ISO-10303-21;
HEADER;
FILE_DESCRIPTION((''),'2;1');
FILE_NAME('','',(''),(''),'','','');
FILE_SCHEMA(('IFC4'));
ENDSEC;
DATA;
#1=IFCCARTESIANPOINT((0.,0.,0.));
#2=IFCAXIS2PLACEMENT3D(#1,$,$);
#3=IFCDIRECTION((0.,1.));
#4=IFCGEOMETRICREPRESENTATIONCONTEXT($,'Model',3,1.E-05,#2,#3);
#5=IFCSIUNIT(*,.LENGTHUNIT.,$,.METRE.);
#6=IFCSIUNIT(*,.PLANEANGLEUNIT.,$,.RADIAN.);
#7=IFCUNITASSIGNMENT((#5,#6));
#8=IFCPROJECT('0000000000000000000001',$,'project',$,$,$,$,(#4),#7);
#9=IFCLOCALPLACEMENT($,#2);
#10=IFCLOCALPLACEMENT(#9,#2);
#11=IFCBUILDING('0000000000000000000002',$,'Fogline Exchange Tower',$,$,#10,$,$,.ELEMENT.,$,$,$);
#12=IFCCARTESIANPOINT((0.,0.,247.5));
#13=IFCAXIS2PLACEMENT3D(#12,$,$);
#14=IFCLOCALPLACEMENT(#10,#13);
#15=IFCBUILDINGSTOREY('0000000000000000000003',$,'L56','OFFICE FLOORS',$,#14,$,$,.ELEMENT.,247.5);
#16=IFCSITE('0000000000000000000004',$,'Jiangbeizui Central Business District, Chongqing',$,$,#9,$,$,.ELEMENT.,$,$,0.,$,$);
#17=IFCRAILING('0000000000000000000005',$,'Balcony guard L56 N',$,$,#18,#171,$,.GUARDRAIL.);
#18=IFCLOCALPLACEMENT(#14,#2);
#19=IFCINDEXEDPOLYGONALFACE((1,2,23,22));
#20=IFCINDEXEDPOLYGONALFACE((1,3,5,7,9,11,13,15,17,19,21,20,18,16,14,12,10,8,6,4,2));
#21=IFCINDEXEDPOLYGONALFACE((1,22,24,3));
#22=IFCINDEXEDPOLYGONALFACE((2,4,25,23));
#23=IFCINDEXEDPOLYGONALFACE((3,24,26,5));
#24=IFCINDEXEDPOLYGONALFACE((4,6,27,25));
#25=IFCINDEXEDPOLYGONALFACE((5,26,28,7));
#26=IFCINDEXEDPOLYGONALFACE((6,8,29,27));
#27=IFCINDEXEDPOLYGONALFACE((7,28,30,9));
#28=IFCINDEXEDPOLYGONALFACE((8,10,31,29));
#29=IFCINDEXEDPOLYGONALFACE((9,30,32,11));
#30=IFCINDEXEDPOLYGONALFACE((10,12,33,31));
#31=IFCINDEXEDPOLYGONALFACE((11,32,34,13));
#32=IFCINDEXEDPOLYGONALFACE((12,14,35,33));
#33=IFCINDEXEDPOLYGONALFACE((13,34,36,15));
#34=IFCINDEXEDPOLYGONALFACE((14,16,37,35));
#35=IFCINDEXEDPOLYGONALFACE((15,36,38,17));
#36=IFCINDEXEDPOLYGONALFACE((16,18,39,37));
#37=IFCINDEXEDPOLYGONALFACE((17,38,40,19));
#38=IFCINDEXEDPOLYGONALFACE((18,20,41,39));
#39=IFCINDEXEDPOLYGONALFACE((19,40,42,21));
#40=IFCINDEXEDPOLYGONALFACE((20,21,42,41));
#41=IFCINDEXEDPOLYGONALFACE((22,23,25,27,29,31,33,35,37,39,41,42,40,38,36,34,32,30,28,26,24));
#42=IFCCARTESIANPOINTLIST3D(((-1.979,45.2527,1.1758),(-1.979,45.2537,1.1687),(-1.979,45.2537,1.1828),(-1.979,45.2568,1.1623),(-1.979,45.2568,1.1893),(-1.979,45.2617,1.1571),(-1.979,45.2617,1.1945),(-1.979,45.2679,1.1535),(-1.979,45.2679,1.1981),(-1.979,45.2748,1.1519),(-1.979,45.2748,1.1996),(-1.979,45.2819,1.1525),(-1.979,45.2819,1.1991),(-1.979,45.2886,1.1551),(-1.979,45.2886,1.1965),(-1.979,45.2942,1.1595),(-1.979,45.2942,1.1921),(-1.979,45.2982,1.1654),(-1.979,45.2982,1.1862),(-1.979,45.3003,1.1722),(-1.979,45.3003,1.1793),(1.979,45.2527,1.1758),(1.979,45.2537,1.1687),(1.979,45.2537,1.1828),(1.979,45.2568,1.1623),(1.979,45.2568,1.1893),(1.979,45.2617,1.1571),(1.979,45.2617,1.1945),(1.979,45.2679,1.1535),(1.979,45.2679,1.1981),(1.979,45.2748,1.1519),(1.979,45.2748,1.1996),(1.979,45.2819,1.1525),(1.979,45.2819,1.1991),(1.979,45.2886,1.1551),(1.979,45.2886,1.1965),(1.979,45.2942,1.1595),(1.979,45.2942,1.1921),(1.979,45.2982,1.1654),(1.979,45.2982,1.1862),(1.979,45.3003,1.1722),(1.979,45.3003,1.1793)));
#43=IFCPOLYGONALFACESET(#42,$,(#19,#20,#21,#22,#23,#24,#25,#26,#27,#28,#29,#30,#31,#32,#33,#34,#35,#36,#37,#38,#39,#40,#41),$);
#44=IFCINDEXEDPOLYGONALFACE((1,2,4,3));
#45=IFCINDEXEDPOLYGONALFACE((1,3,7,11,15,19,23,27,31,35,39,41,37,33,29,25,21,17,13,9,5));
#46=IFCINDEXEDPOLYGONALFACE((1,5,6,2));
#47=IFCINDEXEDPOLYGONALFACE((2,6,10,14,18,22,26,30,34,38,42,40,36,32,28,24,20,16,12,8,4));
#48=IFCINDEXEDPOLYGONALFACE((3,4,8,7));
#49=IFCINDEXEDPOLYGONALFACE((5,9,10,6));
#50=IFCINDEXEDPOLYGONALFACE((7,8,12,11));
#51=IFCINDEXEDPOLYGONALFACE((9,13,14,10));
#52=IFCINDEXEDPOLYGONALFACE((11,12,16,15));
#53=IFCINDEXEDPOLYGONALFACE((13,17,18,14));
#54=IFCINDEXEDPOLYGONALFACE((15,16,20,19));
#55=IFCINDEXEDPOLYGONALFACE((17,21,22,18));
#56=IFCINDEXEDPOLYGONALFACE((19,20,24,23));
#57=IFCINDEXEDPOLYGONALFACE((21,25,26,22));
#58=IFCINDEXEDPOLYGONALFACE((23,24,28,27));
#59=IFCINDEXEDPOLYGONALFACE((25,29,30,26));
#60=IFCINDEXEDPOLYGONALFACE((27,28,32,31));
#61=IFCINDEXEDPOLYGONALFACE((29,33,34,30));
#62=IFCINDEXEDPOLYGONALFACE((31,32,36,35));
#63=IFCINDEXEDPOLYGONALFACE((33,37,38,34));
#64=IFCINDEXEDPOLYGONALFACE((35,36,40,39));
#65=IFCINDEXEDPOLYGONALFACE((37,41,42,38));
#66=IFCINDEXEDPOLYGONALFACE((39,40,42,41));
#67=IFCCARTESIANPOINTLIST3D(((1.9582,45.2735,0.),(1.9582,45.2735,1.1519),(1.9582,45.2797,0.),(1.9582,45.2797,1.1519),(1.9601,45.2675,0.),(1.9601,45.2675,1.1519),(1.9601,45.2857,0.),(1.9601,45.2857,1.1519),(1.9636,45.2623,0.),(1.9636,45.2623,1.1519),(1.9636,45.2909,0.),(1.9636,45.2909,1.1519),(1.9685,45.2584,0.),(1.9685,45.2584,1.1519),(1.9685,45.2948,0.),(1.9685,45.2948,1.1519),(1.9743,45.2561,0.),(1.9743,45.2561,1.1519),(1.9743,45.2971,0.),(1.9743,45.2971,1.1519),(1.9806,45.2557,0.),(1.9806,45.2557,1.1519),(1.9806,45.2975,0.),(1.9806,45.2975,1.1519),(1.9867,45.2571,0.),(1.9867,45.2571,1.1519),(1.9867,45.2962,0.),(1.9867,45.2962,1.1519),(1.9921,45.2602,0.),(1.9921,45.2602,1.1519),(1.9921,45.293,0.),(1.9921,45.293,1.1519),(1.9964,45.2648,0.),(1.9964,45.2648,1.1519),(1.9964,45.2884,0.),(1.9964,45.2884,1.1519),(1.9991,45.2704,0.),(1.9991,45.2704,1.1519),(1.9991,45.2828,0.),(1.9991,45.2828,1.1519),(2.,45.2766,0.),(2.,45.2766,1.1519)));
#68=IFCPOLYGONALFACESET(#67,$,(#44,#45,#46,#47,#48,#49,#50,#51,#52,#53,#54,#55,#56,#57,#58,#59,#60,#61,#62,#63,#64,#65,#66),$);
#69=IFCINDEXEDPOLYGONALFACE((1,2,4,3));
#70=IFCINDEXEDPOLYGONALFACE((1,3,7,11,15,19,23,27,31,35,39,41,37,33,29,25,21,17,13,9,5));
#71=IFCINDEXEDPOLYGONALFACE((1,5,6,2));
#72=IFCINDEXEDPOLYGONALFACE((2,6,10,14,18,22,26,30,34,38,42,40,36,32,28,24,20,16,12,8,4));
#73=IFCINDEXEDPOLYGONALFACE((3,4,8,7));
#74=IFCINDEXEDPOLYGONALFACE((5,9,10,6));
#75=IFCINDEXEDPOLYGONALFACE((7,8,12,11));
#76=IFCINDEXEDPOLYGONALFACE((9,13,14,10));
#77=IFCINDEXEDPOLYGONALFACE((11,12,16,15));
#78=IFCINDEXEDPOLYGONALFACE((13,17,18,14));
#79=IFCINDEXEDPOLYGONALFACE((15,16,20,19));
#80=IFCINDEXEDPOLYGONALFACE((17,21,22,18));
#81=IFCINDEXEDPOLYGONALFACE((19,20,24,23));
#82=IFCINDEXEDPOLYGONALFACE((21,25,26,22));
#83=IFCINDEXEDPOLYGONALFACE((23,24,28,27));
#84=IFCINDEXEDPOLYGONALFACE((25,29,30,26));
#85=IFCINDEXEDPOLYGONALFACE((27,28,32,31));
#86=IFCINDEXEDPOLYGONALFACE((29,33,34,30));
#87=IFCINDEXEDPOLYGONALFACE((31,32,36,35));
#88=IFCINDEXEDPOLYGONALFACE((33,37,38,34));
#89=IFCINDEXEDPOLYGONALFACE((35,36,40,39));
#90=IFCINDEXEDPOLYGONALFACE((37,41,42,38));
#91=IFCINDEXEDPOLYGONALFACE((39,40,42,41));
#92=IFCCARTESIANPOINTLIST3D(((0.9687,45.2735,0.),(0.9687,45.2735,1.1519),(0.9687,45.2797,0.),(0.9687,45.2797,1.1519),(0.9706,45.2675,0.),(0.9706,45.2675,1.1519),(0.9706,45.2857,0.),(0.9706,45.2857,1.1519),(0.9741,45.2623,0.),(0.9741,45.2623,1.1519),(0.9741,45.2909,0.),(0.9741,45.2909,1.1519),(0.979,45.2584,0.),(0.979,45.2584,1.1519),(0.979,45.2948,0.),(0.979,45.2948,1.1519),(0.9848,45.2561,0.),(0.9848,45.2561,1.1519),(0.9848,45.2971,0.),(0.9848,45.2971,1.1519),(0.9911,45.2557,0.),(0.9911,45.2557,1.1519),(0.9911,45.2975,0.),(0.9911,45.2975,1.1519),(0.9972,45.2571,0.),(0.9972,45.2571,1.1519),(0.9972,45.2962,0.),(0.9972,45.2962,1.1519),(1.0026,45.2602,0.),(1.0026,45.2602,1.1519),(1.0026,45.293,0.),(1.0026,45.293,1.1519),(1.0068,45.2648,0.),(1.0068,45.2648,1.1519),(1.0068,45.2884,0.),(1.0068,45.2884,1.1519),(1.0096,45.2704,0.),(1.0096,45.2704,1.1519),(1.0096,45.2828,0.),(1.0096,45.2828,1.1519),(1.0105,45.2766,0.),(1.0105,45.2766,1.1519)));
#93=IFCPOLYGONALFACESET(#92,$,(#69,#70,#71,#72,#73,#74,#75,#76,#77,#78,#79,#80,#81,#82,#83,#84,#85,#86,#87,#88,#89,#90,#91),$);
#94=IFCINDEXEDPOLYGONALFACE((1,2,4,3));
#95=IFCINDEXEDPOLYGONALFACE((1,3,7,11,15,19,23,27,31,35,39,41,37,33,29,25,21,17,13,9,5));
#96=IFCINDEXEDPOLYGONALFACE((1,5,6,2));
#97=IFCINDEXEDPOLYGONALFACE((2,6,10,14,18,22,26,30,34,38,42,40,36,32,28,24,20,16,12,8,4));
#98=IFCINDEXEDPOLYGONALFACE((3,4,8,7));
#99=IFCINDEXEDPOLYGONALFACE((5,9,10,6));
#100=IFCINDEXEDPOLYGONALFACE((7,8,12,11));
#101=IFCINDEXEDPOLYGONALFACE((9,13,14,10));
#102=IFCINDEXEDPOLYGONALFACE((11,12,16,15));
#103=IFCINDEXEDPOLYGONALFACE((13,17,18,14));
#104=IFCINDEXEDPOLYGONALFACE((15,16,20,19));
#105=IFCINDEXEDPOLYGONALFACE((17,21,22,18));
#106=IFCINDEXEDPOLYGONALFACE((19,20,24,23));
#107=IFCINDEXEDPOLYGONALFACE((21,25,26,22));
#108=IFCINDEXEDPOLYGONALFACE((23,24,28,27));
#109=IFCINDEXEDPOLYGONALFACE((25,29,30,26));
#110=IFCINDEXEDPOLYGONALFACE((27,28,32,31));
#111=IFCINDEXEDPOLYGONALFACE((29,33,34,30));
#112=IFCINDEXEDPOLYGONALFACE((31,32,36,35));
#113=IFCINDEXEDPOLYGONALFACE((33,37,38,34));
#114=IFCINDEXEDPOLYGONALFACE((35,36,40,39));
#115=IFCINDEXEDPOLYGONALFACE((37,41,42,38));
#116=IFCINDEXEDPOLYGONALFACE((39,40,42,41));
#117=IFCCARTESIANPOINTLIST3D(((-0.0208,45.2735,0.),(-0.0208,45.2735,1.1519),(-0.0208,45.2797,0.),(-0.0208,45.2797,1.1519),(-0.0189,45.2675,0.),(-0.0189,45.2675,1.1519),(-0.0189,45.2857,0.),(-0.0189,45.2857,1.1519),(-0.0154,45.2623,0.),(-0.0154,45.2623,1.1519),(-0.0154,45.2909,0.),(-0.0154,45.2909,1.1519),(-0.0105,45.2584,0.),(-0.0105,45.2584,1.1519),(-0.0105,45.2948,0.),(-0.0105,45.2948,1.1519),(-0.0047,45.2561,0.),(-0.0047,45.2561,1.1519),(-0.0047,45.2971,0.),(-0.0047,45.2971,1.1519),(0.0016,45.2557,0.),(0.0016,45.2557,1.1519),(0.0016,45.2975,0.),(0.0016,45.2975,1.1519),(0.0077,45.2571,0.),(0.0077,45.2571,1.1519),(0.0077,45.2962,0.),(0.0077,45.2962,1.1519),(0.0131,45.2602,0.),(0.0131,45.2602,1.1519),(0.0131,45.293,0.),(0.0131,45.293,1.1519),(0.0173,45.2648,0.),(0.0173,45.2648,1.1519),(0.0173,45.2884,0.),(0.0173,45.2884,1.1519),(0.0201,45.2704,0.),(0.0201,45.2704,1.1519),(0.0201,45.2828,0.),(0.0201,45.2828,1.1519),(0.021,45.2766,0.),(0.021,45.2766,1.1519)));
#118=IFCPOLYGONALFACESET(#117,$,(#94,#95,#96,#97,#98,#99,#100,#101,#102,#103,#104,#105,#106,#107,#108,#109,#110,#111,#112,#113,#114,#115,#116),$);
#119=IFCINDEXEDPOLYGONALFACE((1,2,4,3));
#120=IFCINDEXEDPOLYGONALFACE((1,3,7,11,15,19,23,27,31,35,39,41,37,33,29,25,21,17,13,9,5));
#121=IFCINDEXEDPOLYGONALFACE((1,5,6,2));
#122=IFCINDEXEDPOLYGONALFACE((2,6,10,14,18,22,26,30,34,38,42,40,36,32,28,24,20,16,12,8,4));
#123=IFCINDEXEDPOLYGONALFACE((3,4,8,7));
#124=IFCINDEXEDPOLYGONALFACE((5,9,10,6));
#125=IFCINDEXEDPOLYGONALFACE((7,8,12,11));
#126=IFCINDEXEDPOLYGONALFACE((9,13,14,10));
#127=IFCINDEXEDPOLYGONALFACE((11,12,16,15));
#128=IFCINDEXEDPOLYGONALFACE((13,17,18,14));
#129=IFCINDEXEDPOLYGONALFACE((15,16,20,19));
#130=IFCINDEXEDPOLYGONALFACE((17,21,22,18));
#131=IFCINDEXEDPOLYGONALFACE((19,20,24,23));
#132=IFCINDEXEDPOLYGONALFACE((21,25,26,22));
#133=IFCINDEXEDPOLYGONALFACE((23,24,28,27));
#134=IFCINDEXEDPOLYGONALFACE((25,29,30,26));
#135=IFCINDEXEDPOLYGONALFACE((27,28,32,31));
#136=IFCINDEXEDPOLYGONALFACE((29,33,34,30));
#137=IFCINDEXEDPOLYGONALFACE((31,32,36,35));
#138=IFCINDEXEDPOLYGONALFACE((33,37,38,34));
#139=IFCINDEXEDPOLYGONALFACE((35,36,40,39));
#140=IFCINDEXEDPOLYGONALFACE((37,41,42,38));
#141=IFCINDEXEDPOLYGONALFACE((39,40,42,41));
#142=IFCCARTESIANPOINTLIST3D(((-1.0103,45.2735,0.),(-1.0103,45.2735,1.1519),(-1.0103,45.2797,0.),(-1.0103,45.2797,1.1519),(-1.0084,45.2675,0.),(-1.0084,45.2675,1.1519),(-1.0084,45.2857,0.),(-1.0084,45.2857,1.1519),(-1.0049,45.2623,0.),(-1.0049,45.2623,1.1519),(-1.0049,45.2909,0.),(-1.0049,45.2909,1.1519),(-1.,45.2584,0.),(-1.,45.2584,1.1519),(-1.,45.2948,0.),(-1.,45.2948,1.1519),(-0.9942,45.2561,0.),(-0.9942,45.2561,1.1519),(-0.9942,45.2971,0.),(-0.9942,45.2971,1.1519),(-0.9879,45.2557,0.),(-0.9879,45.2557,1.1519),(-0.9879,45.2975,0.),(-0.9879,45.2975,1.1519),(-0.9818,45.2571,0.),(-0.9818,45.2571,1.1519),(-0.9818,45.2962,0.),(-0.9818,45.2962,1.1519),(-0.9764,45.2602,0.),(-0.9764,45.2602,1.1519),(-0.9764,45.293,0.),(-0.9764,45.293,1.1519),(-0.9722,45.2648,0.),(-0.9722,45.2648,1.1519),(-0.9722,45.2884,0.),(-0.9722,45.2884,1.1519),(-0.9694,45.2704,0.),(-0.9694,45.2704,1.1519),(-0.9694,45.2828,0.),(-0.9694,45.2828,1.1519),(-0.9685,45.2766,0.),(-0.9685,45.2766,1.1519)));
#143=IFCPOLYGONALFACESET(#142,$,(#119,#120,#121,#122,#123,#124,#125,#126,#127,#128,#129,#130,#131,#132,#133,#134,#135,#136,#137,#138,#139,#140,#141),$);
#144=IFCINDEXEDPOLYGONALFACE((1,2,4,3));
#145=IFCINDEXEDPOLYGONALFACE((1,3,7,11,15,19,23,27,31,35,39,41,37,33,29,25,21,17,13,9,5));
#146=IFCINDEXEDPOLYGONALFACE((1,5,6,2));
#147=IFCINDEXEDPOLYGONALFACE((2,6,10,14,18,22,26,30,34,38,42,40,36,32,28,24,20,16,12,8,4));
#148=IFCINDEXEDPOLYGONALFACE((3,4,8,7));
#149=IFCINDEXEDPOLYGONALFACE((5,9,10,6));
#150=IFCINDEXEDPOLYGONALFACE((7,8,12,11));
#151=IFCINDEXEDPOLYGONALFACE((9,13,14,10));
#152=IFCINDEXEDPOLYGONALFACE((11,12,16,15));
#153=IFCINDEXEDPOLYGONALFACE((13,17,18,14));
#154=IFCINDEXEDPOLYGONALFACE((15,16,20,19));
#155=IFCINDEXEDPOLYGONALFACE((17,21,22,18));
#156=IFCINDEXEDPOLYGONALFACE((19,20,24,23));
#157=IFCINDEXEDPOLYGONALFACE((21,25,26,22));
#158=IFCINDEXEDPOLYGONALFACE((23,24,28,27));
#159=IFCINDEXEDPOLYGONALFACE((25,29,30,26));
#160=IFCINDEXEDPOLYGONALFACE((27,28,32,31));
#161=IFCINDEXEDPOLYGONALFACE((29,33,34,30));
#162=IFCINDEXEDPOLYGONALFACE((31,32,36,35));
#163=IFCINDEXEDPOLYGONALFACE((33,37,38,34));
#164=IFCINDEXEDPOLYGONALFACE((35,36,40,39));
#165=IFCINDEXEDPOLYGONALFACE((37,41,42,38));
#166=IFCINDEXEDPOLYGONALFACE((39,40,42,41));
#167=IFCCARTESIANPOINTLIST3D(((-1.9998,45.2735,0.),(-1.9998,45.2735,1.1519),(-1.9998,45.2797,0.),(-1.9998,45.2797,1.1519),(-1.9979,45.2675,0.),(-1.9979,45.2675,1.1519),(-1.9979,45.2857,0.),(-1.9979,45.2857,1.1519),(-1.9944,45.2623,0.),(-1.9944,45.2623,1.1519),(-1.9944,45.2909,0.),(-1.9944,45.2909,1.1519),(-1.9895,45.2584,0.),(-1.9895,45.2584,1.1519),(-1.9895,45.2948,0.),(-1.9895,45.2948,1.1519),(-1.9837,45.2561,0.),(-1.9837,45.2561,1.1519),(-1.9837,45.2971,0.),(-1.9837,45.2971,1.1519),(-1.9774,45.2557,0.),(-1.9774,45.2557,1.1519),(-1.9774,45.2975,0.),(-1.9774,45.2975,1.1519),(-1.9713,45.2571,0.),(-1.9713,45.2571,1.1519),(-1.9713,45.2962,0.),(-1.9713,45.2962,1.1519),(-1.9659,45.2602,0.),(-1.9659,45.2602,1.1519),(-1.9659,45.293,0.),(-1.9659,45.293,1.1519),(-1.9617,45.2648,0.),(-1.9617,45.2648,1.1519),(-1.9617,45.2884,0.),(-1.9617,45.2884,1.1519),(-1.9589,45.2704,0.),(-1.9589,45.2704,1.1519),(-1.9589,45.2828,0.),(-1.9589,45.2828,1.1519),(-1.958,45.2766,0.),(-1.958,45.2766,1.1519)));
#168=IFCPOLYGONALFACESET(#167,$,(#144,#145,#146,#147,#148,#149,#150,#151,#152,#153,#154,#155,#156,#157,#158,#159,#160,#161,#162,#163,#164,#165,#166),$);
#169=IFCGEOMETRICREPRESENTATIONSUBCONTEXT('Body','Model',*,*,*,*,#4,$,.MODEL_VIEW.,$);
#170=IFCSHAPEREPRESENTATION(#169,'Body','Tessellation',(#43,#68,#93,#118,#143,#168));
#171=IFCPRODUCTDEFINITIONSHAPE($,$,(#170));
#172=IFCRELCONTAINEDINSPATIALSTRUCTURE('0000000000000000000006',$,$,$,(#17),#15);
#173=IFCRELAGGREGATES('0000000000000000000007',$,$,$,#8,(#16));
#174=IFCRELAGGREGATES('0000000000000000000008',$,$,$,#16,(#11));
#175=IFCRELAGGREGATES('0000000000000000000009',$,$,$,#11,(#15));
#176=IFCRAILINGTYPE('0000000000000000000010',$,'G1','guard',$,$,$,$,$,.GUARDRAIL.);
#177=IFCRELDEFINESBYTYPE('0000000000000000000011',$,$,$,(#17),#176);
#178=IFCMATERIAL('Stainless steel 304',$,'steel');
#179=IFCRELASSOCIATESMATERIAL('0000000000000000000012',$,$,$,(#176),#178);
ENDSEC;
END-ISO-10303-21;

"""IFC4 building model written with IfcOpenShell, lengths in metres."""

from ifc_helpers import new_model, si_unit, direction, frame, origin, origin_2d, place, context, subcontext, project, spatial, circle, extrude, material, type_object, element, save


model = new_model("IFC4")

# Units and contexts
model_context = context("Model", 3, precision=1e-05, world=origin(), true_north=direction((0.0, 1.0)))
body_context = subcontext(model_context, "Body", "Model", "MODEL_VIEW")
ifc_project = project(units=[si_unit("LENGTHUNIT", "METRE"), si_unit("PLANEANGLEUNIT", "RADIAN")], contexts=[model_context])

# Site, building, storey
site_placement = place(None, origin())
site = spatial("IfcSite", under=ifc_project, at=site_placement, Name="Jiangbeizui Central Business District, Chongqing", CompositionType="ELEMENT", RefElevation=0.0)
building_placement = place(site_placement, origin())
building = spatial("IfcBuilding", under=site, at=building_placement, Name="Fogline Exchange Tower", CompositionType="ELEMENT")
storey_placement = place(building_placement, frame((0.0, 0.0, 247.5)))
storey = spatial("IfcBuildingStorey", under=building, at=storey_placement, Name="L56", Description="OFFICE FLOORS", CompositionType="ELEMENT", Elevation=247.5)

# Railing
ifc_material_1 = material(Name="Stainless steel 304", Category="steel")
railing_type = type_object("IfcRailingType", Name="G1", Description="guard", PredefinedType="GUARDRAIL", material=ifc_material_1)
railing_placement = place(storey_placement, frame((1.979, 45.2766, 0.0)))
element("IfcRailing", 1, at=railing_placement, inside=storey, type_object=railing_type, Name="Balcony guard L56 N", PredefinedType="GUARDRAIL", context=body_context, shape_type="SweptSolid", body=[
    extrude(circle(Radius=0.0239, at=origin_2d()), frame((0.0, 0.0, 1.1758), z_axis=(-1.0, 0.0, 0.0), x_axis=(0.0, -1.0, 0.0)), (0.0, 0.0, 1.0), 3.958),
    extrude(circle(Radius=0.021, at=origin_2d()), origin(), (0.0, 0.0, 1.0), 1.1519),
    extrude(circle(Radius=0.021, at=origin_2d()), frame((-0.9895, 0.0, 0.0)), (0.0, 0.0, 1.0), 1.1519),
    extrude(circle(Radius=0.021, at=origin_2d()), frame((-1.979, 0.0, 0.0)), (0.0, 0.0, 1.0), 1.1519),
    extrude(circle(Radius=0.021, at=origin_2d()), frame((-2.9685, 0.0, 0.0)), (0.0, 0.0, 1.0), 1.1519),
    extrude(circle(Radius=0.021, at=origin_2d()), frame((-3.958, 0.0, 0.0)), (0.0, 0.0, 1.0), 1.1519),
])

save(model, "model.ifc")
